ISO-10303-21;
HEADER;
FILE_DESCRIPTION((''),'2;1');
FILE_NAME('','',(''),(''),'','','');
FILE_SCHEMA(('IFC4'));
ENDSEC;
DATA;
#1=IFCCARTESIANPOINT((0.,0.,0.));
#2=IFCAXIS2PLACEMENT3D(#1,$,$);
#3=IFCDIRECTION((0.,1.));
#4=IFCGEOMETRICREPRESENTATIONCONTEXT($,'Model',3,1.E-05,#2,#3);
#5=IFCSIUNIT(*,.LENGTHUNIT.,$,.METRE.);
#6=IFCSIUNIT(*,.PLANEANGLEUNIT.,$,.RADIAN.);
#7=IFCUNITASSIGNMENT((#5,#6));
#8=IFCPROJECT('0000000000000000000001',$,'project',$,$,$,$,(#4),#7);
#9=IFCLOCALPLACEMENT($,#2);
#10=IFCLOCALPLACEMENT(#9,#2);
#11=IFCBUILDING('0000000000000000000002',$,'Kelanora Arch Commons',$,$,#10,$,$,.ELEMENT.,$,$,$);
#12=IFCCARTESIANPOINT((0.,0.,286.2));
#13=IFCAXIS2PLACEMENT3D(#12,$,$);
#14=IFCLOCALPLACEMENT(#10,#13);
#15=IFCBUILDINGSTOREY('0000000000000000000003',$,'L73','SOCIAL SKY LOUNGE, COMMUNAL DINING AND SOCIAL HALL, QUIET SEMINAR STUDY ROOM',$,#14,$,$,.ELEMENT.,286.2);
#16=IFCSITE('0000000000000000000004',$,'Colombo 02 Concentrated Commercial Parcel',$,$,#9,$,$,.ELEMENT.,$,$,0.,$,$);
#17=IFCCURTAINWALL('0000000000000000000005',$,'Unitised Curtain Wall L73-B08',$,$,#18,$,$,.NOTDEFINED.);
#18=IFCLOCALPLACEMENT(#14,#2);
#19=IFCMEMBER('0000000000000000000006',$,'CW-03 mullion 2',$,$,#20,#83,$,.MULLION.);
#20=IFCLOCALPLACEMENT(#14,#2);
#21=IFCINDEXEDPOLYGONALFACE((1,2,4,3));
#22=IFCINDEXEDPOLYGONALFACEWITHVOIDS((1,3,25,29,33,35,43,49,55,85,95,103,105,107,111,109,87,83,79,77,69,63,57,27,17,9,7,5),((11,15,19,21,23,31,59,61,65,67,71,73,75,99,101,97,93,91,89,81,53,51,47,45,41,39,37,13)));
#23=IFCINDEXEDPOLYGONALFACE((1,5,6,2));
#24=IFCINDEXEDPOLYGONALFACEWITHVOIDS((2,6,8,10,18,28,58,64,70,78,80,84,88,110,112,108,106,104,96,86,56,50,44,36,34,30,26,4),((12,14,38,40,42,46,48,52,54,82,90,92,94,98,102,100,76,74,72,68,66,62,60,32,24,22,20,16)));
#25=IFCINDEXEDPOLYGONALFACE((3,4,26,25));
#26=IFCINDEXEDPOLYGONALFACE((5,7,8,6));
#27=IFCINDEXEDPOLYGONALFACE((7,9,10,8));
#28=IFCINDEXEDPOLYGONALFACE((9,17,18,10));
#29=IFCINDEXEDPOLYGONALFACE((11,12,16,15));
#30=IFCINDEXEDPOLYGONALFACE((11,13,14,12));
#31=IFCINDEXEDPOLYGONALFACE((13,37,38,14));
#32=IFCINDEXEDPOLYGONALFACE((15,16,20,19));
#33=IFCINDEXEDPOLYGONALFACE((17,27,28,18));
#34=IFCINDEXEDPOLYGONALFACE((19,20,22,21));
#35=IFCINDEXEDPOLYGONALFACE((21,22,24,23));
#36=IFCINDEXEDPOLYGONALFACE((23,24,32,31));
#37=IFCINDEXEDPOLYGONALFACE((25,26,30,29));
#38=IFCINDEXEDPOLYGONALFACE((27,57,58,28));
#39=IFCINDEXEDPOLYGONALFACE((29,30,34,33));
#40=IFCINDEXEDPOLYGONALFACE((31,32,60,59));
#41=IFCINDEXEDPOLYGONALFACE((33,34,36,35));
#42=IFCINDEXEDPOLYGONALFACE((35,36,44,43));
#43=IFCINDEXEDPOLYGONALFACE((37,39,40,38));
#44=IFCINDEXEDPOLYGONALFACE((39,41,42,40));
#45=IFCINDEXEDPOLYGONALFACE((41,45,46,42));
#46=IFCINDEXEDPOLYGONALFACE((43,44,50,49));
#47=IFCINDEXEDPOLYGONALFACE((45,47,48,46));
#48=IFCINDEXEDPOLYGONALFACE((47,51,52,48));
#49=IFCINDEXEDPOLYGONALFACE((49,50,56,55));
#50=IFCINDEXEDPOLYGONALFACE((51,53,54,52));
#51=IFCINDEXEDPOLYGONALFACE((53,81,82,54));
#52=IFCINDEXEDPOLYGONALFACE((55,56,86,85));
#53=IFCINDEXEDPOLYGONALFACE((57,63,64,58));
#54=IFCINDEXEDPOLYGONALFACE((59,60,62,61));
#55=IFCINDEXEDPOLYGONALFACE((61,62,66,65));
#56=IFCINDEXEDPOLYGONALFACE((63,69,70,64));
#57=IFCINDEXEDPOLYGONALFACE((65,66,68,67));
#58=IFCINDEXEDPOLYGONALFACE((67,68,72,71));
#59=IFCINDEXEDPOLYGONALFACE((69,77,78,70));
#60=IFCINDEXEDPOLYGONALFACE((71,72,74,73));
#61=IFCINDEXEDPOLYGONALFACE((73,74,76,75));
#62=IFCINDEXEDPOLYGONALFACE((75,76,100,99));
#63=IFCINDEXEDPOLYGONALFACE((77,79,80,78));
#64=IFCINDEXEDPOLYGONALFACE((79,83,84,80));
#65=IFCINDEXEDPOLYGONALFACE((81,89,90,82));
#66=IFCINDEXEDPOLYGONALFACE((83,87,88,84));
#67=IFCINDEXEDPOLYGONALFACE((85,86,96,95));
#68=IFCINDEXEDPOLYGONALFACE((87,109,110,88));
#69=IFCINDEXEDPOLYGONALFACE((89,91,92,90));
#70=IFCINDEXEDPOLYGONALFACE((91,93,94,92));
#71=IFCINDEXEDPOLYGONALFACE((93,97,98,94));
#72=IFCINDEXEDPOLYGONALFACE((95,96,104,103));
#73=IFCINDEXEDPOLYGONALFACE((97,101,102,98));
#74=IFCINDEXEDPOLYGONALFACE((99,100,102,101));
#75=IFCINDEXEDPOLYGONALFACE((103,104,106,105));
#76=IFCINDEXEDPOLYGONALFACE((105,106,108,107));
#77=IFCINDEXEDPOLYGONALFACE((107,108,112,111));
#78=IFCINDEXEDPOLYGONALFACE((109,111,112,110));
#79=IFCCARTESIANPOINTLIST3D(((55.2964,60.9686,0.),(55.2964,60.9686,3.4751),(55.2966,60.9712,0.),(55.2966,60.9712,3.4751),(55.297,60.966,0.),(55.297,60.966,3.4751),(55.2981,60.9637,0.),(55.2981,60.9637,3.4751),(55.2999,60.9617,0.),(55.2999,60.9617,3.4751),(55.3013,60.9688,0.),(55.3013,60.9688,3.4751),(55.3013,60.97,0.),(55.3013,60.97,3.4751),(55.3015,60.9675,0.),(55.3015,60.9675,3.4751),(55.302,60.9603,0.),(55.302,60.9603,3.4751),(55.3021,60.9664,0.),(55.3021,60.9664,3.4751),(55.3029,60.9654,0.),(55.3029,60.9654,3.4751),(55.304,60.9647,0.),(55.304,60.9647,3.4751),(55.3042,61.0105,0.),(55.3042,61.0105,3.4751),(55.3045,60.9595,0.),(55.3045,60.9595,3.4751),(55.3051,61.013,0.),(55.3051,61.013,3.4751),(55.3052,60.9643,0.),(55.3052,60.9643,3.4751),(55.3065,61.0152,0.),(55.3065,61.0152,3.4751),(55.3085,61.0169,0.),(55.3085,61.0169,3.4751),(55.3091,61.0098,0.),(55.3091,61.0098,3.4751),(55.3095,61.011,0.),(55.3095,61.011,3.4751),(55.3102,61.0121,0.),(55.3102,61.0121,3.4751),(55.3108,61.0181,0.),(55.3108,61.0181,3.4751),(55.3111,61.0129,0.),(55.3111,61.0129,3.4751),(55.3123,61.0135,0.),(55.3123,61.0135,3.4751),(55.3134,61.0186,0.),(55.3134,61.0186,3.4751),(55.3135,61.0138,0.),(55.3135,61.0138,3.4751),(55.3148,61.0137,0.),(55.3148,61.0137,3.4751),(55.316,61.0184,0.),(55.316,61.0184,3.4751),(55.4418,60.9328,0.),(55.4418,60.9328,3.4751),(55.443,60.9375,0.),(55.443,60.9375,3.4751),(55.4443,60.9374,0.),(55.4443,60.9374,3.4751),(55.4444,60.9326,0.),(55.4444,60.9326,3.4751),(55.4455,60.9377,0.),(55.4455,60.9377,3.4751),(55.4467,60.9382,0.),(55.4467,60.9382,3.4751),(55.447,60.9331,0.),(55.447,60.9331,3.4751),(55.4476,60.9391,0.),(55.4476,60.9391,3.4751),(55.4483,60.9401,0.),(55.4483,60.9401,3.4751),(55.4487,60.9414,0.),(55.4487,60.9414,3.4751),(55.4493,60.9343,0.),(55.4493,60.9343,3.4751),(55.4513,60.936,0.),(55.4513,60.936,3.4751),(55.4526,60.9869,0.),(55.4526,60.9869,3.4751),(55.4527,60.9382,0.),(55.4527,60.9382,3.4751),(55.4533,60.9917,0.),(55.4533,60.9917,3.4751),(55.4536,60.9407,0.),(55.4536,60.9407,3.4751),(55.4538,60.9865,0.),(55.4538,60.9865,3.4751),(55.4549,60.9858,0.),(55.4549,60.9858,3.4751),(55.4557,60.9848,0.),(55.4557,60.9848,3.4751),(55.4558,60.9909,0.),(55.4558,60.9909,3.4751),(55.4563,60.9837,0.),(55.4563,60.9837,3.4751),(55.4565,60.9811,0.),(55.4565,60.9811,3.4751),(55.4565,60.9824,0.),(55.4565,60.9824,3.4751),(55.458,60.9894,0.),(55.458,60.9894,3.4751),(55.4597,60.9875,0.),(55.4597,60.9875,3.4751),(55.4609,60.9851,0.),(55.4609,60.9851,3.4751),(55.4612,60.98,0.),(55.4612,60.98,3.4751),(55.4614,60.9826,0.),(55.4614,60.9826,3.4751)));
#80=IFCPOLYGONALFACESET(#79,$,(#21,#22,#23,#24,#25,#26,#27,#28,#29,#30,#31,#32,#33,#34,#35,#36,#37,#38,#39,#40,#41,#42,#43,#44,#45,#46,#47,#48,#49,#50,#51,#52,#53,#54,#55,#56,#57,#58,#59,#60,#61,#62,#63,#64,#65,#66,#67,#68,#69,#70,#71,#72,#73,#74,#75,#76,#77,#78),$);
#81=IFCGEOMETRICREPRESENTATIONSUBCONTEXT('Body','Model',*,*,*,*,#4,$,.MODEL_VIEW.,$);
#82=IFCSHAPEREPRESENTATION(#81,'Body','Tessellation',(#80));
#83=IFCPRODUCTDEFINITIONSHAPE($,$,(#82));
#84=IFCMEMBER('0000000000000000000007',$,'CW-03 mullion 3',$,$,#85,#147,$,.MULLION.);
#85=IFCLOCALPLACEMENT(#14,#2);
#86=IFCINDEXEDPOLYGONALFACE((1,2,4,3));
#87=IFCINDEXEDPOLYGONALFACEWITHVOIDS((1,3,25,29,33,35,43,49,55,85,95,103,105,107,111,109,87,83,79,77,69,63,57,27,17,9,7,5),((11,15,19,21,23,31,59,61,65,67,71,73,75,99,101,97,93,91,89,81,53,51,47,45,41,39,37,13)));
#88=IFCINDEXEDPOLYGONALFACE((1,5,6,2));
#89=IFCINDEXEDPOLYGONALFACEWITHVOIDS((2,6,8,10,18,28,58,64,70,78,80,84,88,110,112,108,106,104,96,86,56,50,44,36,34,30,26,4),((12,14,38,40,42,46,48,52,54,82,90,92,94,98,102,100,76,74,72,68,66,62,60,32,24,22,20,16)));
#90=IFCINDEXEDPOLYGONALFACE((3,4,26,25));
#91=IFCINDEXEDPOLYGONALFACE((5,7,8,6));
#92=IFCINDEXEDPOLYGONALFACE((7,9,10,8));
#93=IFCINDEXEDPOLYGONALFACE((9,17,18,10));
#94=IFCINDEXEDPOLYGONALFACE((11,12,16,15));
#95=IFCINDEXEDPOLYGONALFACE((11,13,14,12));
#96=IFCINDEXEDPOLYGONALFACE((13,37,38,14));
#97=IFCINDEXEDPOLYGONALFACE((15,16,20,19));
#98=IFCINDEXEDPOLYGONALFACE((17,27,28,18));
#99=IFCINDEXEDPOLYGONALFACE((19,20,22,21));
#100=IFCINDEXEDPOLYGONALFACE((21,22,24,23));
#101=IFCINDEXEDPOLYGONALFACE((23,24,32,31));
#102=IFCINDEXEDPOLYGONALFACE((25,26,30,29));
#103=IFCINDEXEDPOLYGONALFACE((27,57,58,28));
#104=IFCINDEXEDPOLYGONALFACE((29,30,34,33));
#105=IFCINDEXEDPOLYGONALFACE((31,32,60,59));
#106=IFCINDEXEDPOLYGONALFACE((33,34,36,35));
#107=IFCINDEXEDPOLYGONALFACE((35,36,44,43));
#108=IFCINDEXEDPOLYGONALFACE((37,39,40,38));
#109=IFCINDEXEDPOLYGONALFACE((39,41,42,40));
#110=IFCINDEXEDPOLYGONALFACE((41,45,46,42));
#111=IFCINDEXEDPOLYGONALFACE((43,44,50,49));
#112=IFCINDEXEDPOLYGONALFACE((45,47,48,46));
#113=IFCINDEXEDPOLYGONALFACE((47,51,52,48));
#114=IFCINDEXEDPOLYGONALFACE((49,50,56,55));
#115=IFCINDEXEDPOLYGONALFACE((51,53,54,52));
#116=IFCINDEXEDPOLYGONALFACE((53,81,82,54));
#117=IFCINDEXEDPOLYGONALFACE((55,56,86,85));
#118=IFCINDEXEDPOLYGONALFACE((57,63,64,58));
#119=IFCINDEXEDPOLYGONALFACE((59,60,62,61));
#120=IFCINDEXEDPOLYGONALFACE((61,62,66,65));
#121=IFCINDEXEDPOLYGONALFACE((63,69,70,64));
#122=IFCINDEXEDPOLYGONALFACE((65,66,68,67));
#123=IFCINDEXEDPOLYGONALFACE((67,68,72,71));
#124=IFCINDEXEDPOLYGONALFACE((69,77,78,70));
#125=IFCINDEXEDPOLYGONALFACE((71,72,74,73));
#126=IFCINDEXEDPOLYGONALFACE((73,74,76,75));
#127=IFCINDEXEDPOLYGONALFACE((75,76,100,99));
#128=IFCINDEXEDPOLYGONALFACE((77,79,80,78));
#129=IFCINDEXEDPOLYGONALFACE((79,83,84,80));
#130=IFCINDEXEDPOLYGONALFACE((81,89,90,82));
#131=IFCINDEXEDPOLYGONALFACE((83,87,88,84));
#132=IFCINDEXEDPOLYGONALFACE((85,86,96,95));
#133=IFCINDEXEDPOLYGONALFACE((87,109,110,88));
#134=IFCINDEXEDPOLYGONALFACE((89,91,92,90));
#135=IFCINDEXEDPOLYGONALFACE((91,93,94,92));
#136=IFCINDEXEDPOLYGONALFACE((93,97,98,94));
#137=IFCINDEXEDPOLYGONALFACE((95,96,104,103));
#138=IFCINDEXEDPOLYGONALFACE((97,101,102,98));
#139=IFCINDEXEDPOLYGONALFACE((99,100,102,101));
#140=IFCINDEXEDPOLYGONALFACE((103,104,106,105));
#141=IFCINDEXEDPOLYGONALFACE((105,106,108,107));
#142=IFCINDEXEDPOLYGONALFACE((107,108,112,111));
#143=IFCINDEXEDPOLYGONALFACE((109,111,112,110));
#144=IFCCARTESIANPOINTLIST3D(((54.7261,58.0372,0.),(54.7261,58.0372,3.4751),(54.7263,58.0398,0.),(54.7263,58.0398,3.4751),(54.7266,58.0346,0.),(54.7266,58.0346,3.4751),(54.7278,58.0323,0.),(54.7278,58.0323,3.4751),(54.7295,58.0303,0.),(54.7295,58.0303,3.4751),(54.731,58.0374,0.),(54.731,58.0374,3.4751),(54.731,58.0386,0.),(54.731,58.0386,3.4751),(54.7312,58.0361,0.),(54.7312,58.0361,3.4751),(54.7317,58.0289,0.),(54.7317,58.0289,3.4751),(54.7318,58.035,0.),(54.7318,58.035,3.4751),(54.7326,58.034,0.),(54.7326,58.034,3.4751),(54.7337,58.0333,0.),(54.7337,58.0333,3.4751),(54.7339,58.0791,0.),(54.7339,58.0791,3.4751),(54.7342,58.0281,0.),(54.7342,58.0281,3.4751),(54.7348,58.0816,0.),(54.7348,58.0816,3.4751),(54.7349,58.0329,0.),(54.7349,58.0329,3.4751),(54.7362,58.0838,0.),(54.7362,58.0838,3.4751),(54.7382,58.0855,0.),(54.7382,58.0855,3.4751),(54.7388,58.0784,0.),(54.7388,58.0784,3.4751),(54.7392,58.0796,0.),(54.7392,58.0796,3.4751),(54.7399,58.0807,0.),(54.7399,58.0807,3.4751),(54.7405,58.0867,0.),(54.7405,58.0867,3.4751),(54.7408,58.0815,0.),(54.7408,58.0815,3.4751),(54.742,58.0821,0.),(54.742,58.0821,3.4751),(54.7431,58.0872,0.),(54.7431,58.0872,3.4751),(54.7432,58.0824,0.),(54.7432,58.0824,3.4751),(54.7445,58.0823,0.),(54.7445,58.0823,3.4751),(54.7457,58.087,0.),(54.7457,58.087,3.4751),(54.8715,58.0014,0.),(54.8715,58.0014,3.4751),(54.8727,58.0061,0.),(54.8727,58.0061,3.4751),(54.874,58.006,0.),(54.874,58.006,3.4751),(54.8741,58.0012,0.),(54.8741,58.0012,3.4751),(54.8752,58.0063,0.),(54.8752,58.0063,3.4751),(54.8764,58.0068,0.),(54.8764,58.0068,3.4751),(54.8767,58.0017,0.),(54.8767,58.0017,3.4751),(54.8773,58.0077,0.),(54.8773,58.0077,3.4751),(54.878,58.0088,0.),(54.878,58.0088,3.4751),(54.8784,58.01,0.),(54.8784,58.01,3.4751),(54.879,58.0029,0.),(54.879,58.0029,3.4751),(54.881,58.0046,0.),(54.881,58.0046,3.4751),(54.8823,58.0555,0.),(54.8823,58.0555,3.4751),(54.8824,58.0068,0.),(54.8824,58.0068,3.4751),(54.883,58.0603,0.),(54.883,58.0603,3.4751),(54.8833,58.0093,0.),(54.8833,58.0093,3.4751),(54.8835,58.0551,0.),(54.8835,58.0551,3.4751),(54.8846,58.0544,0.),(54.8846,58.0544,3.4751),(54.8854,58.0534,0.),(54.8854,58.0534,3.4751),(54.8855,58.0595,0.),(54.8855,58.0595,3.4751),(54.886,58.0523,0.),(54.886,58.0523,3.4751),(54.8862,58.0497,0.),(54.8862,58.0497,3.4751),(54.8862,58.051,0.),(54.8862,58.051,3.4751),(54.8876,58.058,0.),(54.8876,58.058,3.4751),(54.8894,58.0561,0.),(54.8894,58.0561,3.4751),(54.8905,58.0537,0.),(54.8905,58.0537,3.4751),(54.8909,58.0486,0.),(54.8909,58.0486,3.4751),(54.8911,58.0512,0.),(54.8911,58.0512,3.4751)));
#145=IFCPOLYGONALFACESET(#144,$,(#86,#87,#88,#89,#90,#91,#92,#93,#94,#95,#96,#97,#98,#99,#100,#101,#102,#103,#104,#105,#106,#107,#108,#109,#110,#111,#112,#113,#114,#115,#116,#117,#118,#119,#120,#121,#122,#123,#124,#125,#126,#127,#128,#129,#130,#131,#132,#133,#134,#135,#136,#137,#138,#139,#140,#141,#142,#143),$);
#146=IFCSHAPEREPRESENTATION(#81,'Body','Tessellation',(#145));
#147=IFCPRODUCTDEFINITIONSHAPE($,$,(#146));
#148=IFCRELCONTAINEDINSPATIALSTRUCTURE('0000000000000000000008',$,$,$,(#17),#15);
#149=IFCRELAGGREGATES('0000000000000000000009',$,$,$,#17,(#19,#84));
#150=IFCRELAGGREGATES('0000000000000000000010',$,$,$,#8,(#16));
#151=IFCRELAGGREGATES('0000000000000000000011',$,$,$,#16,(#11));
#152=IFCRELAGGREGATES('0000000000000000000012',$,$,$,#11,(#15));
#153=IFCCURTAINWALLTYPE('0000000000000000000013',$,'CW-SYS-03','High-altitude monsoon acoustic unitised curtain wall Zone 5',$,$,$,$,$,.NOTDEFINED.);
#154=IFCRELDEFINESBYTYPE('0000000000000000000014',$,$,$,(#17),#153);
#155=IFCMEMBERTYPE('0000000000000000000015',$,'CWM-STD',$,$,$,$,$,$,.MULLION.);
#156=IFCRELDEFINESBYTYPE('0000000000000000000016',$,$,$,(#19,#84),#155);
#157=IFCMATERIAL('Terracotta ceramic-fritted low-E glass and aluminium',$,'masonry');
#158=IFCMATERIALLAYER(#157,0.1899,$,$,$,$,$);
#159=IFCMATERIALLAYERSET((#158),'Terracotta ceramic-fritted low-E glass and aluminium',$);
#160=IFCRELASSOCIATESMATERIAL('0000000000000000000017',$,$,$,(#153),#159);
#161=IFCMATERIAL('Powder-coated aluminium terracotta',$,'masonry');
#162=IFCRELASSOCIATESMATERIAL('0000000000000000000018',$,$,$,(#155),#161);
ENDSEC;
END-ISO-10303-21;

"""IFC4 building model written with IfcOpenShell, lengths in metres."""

from ifc_helpers import new_model, si_unit, direction, frame, origin, origin_2d, place, context, subcontext, project, spatial, hollow_rectangle, extrude, material, layer, layer_set, material_profile, profile_set, type_object, element, aggregate, save


model = new_model("IFC4")

# Units and contexts
model_context = context("Model", 3, precision=1e-05, world=origin(), true_north=direction((0.0, 1.0)))
body_context = subcontext(model_context, "Body", "Model", "MODEL_VIEW")
ifc_project = project(units=[si_unit("LENGTHUNIT", "METRE"), si_unit("PLANEANGLEUNIT", "RADIAN")], contexts=[model_context])

# Site, building, storey
site_placement = place(None, origin())
site = spatial("IfcSite", under=ifc_project, at=site_placement, Name="Colombo 02 Concentrated Commercial Parcel", CompositionType="ELEMENT", RefElevation=0.0)
building_placement = place(site_placement, origin())
building = spatial("IfcBuilding", under=site, at=building_placement, Name="Kelanora Arch Commons", CompositionType="ELEMENT")
storey_placement = place(building_placement, frame((0.0, 0.0, 286.2)))
storey = spatial("IfcBuildingStorey", under=building, at=storey_placement, Name="L73", Description="SOCIAL SKY LOUNGE, COMMUNAL DINING AND SOCIAL HALL, QUIET SEMINAR STUDY ROOM", CompositionType="ELEMENT", Elevation=286.2)

# Curtain wall, members
ifc_material_1 = material(Name="Terracotta ceramic-fritted low-E glass and aluminium", Category="masonry")
ifc_layer_1 = layer(ifc_material_1, 0.1899)
ifc_layer_set_1 = layer_set([ifc_layer_1], Name="Terracotta ceramic-fritted low-E glass and aluminium")
curtain_wall_type = type_object("IfcCurtainWallType", Name="CW-SYS-03", Description="High-altitude monsoon acoustic unitised curtain wall Zone 5", PredefinedType="NOTDEFINED", material=ifc_layer_set_1)
curtain_wall_placement = place(storey_placement, origin())
curtain_wall = element("IfcCurtainWall", 1, at=curtain_wall_placement, inside=storey, type_object=curtain_wall_type, Name="Unitised Curtain Wall L73-B08", PredefinedType="NOTDEFINED")
ifc_material_2 = material(Name="Powder-coated aluminium terracotta", Category="masonry")
ifc_material_profile_1 = material_profile(ifc_material_2, hollow_rectangle(XDim=0.1599, YDim=0.0601, WallThickness=0.0049, InnerFilletRadius=0.0049, OuterFilletRadius=0.01, at=origin_2d()), Name="CWM160x60")
ifc_profile_set_1 = profile_set([ifc_material_profile_1], Name="Powder-coated aluminium terracotta")
member_type_1 = type_object("IfcMemberType", Name="CWM-STD", PredefinedType="MULLION", material=ifc_profile_set_1)
member_1_placement = place(storey_placement, frame((55.3789, 60.9756, 0.0), z_axis=(0.0, 0.0, 1.0), x_axis=(0.981596, -0.190972, 0.0)))
member_1 = element("IfcMember", 2, at=member_1_placement, type_object=member_type_1, Name="CW-03 mullion 2", PredefinedType="MULLION", context=body_context, shape_type="SweptSolid", body=[
    extrude(hollow_rectangle(XDim=0.1599, YDim=0.0601, WallThickness=0.0049, InnerFilletRadius=0.0049, OuterFilletRadius=0.01, at=origin_2d()), origin(), (0.0, 0.0, 1.0), 3.4751),
])
member_2_placement = place(storey_placement, frame((54.8086, 58.0442, 0.0), z_axis=(0.0, 0.0, 1.0), x_axis=(0.981596, -0.190972, 0.0)))
member_2 = element("IfcMember", 3, at=member_2_placement, type_object=member_type_1, Name="CW-03 mullion 3", PredefinedType="MULLION", context=body_context, shape_type="SweptSolid", body=[
    extrude(hollow_rectangle(XDim=0.1599, YDim=0.0601, WallThickness=0.0049, InnerFilletRadius=0.0049, OuterFilletRadius=0.01, at=origin_2d()), origin(), (0.0, 0.0, 1.0), 3.4751),
])
aggregate(curtain_wall, [member_1, member_2])

save(model, "model.ifc")
